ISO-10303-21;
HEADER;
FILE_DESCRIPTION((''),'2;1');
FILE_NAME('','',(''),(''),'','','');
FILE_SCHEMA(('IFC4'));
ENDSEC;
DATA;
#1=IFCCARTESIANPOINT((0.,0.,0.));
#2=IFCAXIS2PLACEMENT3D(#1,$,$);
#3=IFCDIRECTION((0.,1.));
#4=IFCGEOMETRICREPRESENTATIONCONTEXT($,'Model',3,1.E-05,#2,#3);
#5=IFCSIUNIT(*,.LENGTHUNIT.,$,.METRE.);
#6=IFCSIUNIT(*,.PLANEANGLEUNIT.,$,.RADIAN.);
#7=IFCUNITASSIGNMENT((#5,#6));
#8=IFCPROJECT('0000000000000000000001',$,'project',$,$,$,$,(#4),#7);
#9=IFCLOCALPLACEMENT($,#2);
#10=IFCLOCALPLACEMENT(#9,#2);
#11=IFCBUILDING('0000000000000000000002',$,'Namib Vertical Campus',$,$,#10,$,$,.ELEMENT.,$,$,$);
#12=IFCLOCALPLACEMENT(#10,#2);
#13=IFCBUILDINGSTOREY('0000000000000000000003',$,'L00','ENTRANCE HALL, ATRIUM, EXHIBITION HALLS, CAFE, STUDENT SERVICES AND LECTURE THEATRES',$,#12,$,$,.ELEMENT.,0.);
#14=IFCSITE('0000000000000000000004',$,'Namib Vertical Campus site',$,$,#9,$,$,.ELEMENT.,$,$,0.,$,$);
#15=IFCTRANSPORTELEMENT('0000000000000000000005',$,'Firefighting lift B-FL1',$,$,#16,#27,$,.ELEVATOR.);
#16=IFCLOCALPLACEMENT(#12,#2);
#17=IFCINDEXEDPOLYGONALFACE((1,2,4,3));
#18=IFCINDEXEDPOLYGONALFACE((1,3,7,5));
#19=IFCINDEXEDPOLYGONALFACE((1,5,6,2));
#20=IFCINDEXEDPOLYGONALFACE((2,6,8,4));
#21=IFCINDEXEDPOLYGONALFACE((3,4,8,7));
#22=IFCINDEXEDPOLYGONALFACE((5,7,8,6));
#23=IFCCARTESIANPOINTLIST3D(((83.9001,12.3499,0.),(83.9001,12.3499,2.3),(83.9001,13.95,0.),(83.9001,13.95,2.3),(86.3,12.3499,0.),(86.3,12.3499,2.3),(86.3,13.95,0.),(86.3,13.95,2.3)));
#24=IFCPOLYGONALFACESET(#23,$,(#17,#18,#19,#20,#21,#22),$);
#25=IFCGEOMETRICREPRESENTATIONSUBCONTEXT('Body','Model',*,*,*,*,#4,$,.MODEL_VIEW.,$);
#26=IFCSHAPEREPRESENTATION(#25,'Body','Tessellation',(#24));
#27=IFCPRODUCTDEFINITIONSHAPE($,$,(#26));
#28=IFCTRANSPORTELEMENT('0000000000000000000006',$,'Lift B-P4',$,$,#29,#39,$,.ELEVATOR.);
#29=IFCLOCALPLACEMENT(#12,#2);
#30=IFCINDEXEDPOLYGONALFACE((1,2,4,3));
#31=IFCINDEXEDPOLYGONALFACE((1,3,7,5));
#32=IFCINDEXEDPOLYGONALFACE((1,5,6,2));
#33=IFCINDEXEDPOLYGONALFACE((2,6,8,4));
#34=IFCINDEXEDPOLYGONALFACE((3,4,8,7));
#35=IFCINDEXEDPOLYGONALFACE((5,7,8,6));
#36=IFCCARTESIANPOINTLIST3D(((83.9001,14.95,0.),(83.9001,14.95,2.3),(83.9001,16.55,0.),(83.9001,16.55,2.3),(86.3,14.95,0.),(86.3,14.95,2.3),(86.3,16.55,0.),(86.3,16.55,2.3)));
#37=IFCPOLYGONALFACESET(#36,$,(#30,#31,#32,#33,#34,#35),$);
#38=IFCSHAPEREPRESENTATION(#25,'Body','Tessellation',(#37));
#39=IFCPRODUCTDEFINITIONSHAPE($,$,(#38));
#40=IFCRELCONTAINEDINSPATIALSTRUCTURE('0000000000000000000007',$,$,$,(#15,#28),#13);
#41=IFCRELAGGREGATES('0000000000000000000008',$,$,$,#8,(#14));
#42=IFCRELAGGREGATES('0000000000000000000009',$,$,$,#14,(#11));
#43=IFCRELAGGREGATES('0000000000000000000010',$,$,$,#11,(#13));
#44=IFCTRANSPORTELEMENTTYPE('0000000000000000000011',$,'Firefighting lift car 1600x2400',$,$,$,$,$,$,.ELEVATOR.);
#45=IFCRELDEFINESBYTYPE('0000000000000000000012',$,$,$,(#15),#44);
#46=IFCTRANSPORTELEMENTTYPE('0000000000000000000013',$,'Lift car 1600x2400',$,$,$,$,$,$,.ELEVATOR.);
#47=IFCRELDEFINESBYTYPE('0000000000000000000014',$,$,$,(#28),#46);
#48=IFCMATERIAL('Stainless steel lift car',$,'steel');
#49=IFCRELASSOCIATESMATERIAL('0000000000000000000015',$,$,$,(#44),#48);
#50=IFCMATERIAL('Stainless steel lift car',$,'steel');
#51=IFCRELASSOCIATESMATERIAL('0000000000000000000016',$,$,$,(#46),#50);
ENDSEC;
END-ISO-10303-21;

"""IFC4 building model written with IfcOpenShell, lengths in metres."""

from ifc_helpers import new_model, si_unit, direction, frame, origin, origin_2d, place, context, subcontext, project, spatial, rectangle, extrude, material, type_object, element, save


model = new_model("IFC4")

# Units and contexts
model_context = context("Model", 3, precision=1e-05, world=origin(), true_north=direction((0.0, 1.0)))
body_context = subcontext(model_context, "Body", "Model", "MODEL_VIEW")
ifc_project = project(units=[si_unit("LENGTHUNIT", "METRE"), si_unit("PLANEANGLEUNIT", "RADIAN")], contexts=[model_context])

# Site, building, storey
site_placement = place(None, origin())
site = spatial("IfcSite", under=ifc_project, at=site_placement, Name="Namib Vertical Campus site", CompositionType="ELEMENT", RefElevation=0.0)
building_placement = place(site_placement, origin())
building = spatial("IfcBuilding", under=site, at=building_placement, Name="Namib Vertical Campus", CompositionType="ELEMENT")
storey_placement = place(building_placement, origin())
storey = spatial("IfcBuildingStorey", under=building, at=storey_placement, Name="L00", Description="ENTRANCE HALL, ATRIUM, EXHIBITION HALLS, CAFE, STUDENT SERVICES AND LECTURE THEATRES", CompositionType="ELEMENT", Elevation=0.0)

# Transport elements
ifc_material_1 = material(Name="Stainless steel lift car", Category="steel")
transport_element_type_1 = type_object("IfcTransportElementType", Name="Firefighting lift car 1600x2400", PredefinedType="ELEVATOR", material=ifc_material_1)
transport_element_1_placement = place(storey_placement, frame((85.1001, 13.1499, 0.0), z_axis=(0.0, 0.0, 1.0), x_axis=(1.0, 0.0, 0.0)))
element("IfcTransportElement", 1, at=transport_element_1_placement, inside=storey, type_object=transport_element_type_1, Name="Firefighting lift B-FL1", PredefinedType="ELEVATOR", context=body_context, shape_type="SweptSolid", body=[
    extrude(rectangle(XDim=2.3999, YDim=1.6001, at=origin_2d()), origin(), (0.0, 0.0, 1.0), 2.3),
])
ifc_material_2 = material(Name="Stainless steel lift car", Category="steel")
transport_element_type_2 = type_object("IfcTransportElementType", Name="Lift car 1600x2400", PredefinedType="ELEVATOR", material=ifc_material_2)
transport_element_2_placement = place(storey_placement, frame((85.1001, 15.75, 0.0), z_axis=(0.0, 0.0, 1.0), x_axis=(1.0, 0.0, 0.0)))
element("IfcTransportElement", 2, at=transport_element_2_placement, inside=storey, type_object=transport_element_type_2, Name="Lift B-P4", PredefinedType="ELEVATOR", context=body_context, shape_type="SweptSolid", body=[
    extrude(rectangle(XDim=2.3999, YDim=1.6001, at=origin_2d()), origin(), (0.0, 0.0, 1.0), 2.3),
])

save(model, "model.ifc")
